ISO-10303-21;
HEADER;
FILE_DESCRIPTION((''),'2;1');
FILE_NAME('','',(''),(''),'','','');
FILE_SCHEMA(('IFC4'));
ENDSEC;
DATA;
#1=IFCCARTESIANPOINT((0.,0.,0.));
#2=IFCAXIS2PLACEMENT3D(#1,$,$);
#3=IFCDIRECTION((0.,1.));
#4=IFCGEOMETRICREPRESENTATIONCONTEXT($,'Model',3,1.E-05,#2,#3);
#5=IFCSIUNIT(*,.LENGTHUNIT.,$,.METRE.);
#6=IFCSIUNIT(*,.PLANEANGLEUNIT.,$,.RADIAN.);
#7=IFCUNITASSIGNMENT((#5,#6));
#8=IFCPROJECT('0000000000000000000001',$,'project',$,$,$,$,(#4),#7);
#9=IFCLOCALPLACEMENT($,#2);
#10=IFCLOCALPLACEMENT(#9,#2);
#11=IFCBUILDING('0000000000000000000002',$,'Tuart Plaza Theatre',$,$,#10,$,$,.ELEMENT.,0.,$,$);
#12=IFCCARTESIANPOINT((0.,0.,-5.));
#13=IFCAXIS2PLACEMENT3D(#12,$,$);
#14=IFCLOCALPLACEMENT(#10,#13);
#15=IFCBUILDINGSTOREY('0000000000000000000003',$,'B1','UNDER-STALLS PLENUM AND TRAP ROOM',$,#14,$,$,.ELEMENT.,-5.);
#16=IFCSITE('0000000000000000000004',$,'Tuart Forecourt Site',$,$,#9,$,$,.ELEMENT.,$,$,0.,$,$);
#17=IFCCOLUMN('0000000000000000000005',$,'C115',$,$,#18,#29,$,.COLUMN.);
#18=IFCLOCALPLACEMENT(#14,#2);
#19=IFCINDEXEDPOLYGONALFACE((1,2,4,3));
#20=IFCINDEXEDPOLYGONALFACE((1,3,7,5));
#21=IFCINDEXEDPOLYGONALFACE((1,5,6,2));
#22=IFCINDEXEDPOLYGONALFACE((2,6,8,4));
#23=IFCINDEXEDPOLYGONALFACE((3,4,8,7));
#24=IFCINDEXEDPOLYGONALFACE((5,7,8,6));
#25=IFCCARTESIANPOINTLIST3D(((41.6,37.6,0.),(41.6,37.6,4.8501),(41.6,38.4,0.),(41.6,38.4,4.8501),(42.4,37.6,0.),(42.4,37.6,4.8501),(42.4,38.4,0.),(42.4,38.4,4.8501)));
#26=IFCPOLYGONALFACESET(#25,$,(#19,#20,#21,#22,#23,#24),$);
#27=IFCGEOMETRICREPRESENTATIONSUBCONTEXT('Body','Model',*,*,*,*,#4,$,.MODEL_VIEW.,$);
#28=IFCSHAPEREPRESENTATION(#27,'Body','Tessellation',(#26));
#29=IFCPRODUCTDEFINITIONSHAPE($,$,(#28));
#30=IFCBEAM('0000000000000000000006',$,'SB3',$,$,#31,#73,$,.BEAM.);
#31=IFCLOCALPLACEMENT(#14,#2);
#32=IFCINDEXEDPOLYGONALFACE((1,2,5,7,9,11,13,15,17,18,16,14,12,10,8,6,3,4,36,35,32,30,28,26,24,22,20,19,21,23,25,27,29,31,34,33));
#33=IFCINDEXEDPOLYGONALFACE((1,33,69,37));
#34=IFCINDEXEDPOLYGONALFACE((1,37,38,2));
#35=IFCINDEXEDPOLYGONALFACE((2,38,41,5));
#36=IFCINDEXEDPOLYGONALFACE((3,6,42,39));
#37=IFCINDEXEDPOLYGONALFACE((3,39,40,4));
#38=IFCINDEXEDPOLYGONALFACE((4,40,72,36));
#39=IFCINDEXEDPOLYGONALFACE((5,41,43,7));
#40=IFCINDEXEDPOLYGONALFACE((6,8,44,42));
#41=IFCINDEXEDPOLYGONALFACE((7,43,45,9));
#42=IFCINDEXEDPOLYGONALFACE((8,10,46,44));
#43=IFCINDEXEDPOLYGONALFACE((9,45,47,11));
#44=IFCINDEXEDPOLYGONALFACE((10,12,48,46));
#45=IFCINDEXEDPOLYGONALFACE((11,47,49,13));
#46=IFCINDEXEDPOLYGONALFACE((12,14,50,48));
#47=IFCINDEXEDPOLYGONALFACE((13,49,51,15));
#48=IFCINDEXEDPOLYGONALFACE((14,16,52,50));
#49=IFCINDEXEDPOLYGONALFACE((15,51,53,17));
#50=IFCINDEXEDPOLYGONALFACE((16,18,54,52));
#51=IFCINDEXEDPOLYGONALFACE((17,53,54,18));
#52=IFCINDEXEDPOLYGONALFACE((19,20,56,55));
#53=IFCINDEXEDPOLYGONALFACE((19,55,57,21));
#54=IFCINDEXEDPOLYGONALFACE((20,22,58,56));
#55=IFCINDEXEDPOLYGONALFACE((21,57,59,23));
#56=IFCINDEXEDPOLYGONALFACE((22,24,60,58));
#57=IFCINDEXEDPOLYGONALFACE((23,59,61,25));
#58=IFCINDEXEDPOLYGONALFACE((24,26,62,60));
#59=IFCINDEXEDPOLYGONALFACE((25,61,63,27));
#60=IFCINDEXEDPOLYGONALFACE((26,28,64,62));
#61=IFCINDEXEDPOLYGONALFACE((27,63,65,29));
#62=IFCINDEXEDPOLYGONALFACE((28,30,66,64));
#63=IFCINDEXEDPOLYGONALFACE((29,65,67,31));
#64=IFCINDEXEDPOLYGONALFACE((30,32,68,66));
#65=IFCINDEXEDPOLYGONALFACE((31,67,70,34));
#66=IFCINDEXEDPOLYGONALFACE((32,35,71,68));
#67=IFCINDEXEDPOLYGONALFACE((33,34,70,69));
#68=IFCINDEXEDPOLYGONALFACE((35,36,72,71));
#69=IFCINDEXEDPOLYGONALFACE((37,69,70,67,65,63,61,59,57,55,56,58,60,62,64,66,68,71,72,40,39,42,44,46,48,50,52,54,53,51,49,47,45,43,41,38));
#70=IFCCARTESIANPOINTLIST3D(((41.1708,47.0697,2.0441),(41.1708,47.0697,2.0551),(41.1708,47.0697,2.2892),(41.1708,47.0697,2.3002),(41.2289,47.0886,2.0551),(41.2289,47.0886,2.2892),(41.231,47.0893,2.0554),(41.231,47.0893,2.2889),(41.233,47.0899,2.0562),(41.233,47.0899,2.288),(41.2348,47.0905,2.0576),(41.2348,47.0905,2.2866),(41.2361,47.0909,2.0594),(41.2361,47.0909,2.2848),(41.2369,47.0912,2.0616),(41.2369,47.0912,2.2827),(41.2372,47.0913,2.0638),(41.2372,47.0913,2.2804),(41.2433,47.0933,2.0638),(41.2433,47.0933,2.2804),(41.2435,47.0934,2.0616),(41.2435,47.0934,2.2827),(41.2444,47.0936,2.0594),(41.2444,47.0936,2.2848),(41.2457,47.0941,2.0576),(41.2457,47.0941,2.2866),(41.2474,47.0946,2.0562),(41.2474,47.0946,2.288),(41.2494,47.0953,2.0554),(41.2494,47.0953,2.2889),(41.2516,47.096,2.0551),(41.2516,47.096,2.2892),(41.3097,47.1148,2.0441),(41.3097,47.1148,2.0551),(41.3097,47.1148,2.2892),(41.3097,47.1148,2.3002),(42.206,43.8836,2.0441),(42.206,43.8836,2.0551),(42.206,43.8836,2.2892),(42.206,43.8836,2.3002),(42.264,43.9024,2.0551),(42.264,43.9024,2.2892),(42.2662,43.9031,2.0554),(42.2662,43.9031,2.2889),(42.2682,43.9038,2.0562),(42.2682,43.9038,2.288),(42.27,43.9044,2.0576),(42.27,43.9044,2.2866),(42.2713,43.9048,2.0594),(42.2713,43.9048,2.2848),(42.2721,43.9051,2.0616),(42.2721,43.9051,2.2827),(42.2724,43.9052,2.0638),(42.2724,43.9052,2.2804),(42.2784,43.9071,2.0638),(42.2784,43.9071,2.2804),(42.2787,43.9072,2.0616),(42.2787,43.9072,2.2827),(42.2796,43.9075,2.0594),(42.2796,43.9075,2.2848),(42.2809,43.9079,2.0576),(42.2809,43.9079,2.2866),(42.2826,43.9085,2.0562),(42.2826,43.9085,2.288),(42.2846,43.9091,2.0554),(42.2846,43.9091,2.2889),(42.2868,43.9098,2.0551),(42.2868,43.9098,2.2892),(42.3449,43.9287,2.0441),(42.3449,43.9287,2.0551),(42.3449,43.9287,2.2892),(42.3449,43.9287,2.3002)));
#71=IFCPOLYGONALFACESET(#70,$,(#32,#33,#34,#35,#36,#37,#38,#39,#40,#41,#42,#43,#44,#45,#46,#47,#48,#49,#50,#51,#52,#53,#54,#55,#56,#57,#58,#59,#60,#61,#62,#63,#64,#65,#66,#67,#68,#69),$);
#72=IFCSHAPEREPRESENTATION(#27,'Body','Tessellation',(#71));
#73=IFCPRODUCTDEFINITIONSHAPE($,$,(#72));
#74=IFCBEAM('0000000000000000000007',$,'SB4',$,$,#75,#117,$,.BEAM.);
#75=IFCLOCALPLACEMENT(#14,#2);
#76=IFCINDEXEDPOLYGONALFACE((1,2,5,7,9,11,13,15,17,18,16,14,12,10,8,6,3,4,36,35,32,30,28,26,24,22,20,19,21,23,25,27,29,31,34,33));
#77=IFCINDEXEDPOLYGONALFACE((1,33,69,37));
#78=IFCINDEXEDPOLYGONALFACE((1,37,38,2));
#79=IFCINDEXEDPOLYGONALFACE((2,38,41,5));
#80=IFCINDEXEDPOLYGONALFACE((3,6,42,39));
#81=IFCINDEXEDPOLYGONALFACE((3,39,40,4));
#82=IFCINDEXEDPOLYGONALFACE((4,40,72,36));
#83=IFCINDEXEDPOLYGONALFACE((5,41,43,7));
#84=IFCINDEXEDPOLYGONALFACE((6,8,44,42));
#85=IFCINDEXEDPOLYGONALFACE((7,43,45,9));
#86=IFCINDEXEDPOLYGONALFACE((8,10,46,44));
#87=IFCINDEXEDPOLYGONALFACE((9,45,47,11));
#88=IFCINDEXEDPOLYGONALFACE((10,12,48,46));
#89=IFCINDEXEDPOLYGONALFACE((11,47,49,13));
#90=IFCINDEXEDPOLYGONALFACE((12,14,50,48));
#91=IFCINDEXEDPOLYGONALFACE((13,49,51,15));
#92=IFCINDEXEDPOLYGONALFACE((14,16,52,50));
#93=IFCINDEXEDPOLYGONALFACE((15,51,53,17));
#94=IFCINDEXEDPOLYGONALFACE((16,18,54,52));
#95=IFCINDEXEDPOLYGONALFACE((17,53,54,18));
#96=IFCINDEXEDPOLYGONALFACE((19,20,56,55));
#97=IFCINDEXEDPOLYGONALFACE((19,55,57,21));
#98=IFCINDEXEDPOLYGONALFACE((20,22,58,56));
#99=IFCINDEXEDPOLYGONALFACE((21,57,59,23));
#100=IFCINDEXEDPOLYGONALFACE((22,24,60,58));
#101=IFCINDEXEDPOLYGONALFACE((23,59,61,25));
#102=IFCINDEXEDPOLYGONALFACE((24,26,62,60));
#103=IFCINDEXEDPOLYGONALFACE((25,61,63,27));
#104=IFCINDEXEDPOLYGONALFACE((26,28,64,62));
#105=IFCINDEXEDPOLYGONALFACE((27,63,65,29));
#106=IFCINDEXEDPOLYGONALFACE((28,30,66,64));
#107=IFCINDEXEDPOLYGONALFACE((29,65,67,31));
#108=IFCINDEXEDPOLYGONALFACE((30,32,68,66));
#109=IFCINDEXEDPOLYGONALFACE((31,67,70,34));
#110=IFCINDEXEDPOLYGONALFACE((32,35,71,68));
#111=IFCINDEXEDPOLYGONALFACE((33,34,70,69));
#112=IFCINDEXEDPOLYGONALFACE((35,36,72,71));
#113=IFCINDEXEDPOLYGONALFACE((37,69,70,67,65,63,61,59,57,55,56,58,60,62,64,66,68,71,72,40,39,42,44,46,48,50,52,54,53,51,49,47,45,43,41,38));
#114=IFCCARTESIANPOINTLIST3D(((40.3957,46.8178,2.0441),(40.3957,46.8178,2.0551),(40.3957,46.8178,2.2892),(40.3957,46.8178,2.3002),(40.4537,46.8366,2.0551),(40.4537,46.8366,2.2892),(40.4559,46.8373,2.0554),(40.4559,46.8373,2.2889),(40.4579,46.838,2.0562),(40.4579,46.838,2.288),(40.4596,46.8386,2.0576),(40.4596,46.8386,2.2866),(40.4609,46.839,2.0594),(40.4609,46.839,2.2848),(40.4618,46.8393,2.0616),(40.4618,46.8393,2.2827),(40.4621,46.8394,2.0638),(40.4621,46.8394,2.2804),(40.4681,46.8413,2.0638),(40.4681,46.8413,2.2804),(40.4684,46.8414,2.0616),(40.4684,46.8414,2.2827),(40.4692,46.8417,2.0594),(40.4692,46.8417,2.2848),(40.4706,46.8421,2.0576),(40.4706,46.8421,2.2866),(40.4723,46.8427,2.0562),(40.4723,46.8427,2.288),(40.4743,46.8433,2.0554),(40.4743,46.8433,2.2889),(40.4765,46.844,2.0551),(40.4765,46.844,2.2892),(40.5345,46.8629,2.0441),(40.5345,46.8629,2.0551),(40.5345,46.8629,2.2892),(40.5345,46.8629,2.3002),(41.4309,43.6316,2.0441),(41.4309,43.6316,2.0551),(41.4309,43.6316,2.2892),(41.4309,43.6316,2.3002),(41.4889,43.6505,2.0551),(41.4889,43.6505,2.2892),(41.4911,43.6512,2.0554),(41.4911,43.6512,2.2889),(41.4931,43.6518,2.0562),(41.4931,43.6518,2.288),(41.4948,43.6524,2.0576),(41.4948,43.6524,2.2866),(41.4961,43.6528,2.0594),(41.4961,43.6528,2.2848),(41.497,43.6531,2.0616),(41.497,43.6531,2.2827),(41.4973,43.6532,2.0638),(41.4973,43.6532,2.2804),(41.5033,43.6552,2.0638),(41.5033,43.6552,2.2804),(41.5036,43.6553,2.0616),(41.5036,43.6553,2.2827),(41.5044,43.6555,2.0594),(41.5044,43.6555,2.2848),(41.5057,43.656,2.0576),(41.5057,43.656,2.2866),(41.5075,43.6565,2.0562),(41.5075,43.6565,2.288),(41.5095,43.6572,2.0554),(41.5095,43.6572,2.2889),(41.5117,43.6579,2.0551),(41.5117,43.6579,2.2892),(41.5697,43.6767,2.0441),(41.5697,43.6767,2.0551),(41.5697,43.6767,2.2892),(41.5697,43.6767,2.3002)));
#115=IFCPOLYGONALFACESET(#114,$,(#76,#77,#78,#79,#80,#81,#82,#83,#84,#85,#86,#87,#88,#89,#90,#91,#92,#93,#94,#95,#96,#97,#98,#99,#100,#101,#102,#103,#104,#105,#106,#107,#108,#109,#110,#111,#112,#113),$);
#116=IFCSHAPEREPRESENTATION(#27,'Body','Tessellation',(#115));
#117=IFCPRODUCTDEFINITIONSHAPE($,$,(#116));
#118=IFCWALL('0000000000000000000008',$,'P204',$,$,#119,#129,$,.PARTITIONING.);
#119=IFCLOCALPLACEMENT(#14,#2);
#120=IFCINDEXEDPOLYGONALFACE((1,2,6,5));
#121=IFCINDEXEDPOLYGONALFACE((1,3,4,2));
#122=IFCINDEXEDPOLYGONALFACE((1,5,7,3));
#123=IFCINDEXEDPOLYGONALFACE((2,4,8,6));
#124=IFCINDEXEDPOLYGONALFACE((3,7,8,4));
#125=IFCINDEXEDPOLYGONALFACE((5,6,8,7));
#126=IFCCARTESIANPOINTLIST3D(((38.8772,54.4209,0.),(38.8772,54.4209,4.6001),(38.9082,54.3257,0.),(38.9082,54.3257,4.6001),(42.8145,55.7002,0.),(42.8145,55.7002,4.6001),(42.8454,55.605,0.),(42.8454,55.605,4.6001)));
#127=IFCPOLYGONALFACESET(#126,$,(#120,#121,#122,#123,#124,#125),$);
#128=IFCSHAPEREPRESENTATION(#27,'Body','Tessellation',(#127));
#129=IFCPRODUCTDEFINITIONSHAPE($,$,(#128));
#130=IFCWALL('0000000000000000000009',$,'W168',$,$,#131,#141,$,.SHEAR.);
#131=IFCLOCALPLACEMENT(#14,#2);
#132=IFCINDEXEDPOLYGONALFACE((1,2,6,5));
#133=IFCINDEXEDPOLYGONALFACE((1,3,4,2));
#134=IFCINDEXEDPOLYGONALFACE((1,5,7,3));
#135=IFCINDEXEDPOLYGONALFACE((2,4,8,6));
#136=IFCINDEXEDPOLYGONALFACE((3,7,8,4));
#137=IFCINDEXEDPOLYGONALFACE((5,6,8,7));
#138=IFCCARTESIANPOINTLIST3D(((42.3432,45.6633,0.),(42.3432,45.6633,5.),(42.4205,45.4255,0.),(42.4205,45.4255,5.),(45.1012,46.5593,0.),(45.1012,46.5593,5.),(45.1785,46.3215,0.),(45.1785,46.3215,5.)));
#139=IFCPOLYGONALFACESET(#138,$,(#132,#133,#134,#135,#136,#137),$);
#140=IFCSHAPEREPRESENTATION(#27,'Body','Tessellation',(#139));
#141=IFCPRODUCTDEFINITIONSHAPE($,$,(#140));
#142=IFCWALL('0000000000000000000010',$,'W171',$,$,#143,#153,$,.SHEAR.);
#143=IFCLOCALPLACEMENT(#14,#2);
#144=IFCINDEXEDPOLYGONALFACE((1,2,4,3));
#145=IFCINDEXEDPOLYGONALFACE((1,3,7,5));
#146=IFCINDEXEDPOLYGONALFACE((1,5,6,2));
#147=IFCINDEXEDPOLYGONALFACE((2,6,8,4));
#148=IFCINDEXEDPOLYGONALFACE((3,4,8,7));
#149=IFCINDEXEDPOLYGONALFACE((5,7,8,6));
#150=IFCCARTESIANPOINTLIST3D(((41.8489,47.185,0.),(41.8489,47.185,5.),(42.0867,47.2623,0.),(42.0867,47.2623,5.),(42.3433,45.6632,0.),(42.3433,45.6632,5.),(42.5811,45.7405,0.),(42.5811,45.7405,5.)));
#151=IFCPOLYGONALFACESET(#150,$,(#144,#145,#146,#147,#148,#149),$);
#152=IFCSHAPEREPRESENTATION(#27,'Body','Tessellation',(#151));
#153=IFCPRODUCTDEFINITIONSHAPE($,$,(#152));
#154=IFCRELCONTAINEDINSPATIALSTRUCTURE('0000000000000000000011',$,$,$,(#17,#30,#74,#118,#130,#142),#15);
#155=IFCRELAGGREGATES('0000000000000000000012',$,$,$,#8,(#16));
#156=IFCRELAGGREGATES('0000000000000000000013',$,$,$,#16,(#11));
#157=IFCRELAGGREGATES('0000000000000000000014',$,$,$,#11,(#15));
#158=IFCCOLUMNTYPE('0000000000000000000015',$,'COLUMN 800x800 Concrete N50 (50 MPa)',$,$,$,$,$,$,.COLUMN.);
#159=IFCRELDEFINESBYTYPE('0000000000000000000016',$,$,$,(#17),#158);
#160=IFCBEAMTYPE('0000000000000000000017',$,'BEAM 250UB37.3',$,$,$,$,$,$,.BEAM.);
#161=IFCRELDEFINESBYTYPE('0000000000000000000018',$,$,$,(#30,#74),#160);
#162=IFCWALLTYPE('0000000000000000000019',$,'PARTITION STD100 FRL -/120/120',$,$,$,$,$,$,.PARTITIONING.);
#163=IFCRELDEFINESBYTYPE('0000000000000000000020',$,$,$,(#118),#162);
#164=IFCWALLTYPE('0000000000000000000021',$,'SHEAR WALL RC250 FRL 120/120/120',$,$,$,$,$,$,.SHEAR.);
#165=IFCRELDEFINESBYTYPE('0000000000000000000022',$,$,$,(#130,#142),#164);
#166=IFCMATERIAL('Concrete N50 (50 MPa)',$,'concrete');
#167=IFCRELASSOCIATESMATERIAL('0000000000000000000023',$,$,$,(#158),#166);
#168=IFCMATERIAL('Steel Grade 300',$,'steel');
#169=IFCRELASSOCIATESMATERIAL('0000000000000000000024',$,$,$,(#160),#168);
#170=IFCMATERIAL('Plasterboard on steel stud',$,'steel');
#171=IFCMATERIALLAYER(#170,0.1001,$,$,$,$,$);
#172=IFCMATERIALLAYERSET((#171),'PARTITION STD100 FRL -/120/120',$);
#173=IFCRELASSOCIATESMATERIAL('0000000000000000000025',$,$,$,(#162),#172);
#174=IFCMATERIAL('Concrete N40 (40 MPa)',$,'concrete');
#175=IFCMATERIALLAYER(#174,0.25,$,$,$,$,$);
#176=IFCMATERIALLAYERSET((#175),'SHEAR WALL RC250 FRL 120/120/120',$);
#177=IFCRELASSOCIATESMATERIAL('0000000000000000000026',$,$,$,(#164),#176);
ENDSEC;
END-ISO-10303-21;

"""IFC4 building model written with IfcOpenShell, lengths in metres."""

from ifc_helpers import new_model, si_unit, direction, frame, frame_2d, origin, origin_2d, place, context, subcontext, project, spatial, rectangle, i_section, extrude, material, layer, layer_set, material_profile, profile_set, type_object, element, save


model = new_model("IFC4")

# Units and contexts
model_context = context("Model", 3, precision=1e-05, world=origin(), true_north=direction((0.0, 1.0)))
body_context = subcontext(model_context, "Body", "Model", "MODEL_VIEW")
ifc_project = project(units=[si_unit("LENGTHUNIT", "METRE"), si_unit("PLANEANGLEUNIT", "RADIAN")], contexts=[model_context])

# Site, building, storey
site_placement = place(None, origin())
site = spatial("IfcSite", under=ifc_project, at=site_placement, Name="Tuart Forecourt Site", CompositionType="ELEMENT", RefElevation=0.0)
building_placement = place(site_placement, origin())
building = spatial("IfcBuilding", under=site, at=building_placement, Name="Tuart Plaza Theatre", CompositionType="ELEMENT", ElevationOfRefHeight=0.0)
storey_placement = place(building_placement, frame((0.0, 0.0, -5.0)))
storey = spatial("IfcBuildingStorey", under=building, at=storey_placement, Name="B1", Description="UNDER-STALLS PLENUM AND TRAP ROOM", CompositionType="ELEMENT", Elevation=-5.0)

# Column
ifc_material_1 = material(Name="Concrete N50 (50 MPa)", Category="concrete")
ifc_material_profile_1 = material_profile(ifc_material_1, rectangle(XDim=0.8, YDim=0.8, at=origin_2d()), Name="COLUMN 800x800 Concrete N50 (50 MPa)")
ifc_profile_set_1 = profile_set([ifc_material_profile_1], Name="Concrete N50 (50 MPa)")
column_type = type_object("IfcColumnType", Name="COLUMN 800x800 Concrete N50 (50 MPa)", PredefinedType="COLUMN", material=ifc_profile_set_1)
column_placement = place(storey_placement, frame((42.0, 38.0, 0.0), z_axis=(0.0, 0.0, 1.0), x_axis=(1.0, 0.0, 0.0)))
element("IfcColumn", 1, at=column_placement, inside=storey, type_object=column_type, Name="C115", PredefinedType="COLUMN", context=body_context, shape_type="SweptSolid", body=[
    extrude(rectangle(XDim=0.8, YDim=0.8, at=origin_2d()), origin(), (0.0, 0.0, 1.0), 4.8501),
])

# Beams
ifc_material_2 = material(Name="Steel Grade 300", Category="steel")
ifc_material_profile_2 = material_profile(ifc_material_2, i_section(OverallWidth=0.146, OverallDepth=0.2561, WebThickness=0.0063, FlangeThickness=0.011, FilletRadius=0.0088, at=origin_2d()), Name="250UB37.3")
ifc_profile_set_2 = profile_set([ifc_material_profile_2], Name="Steel Grade 300")
beam_type = type_object("IfcBeamType", Name="BEAM 250UB37.3", PredefinedType="BEAM", material=ifc_profile_set_2)
for number, where, z_axis, x_axis, name in (
    (2, (41.2402, 47.0923, 2.1721), (0.309004, -0.951061, 0.0), (0.951061, 0.309004, 0.0), "SB3"),
    (3, (40.4651, 46.8403, 2.1721), (0.309004, -0.951061, 0.0), (0.951061, 0.309004, 0.0), "SB4"),
):
    element("IfcBeam", number, at=place(storey_placement, frame(where, z_axis=z_axis, x_axis=x_axis)), inside=storey, type_object=beam_type, Name=name, PredefinedType="BEAM", context=body_context, shape_type="SweptSolid", body=[
        extrude(i_section(OverallWidth=0.146, OverallDepth=0.2561, WebThickness=0.0063, FlangeThickness=0.011, FilletRadius=0.0088, at=origin_2d()), origin(), (0.0, 0.0, 1.0), 3.3501),
    ])

# Walls
ifc_material_3 = material(Name="Plasterboard on steel stud", Category="steel")
ifc_layer_1 = layer(ifc_material_3, 0.1001)
ifc_layer_set_1 = layer_set([ifc_layer_1], Name="PARTITION STD100 FRL -/120/120")
wall_type_1 = type_object("IfcWallType", Name="PARTITION STD100 FRL -/120/120", PredefinedType="PARTITIONING", material=ifc_layer_set_1)
wall_1_placement = place(storey_placement, frame((38.8928, 54.3733, 0.0), z_axis=(0.0, 0.0, 1.0), x_axis=(0.951056, 0.309018, 0.0)))
element("IfcWall", 4, at=wall_1_placement, inside=storey, type_object=wall_type_1, Name="P204", PredefinedType="PARTITIONING", context=body_context, shape_type="SweptSolid", body=[
    extrude(rectangle(XDim=4.1399, YDim=0.1001, at=frame_2d((2.0698, 0.0))), origin(), (0.0, 0.0, 1.0), 4.6001),
])
ifc_material_4 = material(Name="Concrete N40 (40 MPa)", Category="concrete")
ifc_layer_2 = layer(ifc_material_4, 0.25)
ifc_layer_set_2 = layer_set([ifc_layer_2], Name="SHEAR WALL RC250 FRL 120/120/120")
wall_type_2 = type_object("IfcWallType", Name="SHEAR WALL RC250 FRL 120/120/120", PredefinedType="SHEAR", material=ifc_layer_set_2)
wall_2_placement = place(storey_placement, frame((42.3818, 45.5444, 0.0), z_axis=(0.0, 0.0, 1.0), x_axis=(0.951072, 0.30897, 0.0)))
element("IfcWall", 5, at=wall_2_placement, inside=storey, type_object=wall_type_2, Name="W168", PredefinedType="SHEAR", context=body_context, shape_type="SweptSolid", body=[
    extrude(rectangle(XDim=2.8999, YDim=0.25, at=frame_2d((1.45, 0.0))), origin(), (0.0, 0.0, 1.0), 5.0),
])
wall_3_placement = place(storey_placement, frame((41.9678, 47.2236, 0.0), z_axis=(0.0, 0.0, 1.0), x_axis=(0.308986, -0.951067, 0.0)))
element("IfcWall", 6, at=wall_3_placement, inside=storey, type_object=wall_type_2, Name="W171", PredefinedType="SHEAR", context=body_context, shape_type="SweptSolid", body=[
    extrude(rectangle(XDim=1.6001, YDim=0.25, at=frame_2d((0.8, 0.0))), origin(), (0.0, 0.0, 1.0), 5.0),
])

save(model, "model.ifc")
